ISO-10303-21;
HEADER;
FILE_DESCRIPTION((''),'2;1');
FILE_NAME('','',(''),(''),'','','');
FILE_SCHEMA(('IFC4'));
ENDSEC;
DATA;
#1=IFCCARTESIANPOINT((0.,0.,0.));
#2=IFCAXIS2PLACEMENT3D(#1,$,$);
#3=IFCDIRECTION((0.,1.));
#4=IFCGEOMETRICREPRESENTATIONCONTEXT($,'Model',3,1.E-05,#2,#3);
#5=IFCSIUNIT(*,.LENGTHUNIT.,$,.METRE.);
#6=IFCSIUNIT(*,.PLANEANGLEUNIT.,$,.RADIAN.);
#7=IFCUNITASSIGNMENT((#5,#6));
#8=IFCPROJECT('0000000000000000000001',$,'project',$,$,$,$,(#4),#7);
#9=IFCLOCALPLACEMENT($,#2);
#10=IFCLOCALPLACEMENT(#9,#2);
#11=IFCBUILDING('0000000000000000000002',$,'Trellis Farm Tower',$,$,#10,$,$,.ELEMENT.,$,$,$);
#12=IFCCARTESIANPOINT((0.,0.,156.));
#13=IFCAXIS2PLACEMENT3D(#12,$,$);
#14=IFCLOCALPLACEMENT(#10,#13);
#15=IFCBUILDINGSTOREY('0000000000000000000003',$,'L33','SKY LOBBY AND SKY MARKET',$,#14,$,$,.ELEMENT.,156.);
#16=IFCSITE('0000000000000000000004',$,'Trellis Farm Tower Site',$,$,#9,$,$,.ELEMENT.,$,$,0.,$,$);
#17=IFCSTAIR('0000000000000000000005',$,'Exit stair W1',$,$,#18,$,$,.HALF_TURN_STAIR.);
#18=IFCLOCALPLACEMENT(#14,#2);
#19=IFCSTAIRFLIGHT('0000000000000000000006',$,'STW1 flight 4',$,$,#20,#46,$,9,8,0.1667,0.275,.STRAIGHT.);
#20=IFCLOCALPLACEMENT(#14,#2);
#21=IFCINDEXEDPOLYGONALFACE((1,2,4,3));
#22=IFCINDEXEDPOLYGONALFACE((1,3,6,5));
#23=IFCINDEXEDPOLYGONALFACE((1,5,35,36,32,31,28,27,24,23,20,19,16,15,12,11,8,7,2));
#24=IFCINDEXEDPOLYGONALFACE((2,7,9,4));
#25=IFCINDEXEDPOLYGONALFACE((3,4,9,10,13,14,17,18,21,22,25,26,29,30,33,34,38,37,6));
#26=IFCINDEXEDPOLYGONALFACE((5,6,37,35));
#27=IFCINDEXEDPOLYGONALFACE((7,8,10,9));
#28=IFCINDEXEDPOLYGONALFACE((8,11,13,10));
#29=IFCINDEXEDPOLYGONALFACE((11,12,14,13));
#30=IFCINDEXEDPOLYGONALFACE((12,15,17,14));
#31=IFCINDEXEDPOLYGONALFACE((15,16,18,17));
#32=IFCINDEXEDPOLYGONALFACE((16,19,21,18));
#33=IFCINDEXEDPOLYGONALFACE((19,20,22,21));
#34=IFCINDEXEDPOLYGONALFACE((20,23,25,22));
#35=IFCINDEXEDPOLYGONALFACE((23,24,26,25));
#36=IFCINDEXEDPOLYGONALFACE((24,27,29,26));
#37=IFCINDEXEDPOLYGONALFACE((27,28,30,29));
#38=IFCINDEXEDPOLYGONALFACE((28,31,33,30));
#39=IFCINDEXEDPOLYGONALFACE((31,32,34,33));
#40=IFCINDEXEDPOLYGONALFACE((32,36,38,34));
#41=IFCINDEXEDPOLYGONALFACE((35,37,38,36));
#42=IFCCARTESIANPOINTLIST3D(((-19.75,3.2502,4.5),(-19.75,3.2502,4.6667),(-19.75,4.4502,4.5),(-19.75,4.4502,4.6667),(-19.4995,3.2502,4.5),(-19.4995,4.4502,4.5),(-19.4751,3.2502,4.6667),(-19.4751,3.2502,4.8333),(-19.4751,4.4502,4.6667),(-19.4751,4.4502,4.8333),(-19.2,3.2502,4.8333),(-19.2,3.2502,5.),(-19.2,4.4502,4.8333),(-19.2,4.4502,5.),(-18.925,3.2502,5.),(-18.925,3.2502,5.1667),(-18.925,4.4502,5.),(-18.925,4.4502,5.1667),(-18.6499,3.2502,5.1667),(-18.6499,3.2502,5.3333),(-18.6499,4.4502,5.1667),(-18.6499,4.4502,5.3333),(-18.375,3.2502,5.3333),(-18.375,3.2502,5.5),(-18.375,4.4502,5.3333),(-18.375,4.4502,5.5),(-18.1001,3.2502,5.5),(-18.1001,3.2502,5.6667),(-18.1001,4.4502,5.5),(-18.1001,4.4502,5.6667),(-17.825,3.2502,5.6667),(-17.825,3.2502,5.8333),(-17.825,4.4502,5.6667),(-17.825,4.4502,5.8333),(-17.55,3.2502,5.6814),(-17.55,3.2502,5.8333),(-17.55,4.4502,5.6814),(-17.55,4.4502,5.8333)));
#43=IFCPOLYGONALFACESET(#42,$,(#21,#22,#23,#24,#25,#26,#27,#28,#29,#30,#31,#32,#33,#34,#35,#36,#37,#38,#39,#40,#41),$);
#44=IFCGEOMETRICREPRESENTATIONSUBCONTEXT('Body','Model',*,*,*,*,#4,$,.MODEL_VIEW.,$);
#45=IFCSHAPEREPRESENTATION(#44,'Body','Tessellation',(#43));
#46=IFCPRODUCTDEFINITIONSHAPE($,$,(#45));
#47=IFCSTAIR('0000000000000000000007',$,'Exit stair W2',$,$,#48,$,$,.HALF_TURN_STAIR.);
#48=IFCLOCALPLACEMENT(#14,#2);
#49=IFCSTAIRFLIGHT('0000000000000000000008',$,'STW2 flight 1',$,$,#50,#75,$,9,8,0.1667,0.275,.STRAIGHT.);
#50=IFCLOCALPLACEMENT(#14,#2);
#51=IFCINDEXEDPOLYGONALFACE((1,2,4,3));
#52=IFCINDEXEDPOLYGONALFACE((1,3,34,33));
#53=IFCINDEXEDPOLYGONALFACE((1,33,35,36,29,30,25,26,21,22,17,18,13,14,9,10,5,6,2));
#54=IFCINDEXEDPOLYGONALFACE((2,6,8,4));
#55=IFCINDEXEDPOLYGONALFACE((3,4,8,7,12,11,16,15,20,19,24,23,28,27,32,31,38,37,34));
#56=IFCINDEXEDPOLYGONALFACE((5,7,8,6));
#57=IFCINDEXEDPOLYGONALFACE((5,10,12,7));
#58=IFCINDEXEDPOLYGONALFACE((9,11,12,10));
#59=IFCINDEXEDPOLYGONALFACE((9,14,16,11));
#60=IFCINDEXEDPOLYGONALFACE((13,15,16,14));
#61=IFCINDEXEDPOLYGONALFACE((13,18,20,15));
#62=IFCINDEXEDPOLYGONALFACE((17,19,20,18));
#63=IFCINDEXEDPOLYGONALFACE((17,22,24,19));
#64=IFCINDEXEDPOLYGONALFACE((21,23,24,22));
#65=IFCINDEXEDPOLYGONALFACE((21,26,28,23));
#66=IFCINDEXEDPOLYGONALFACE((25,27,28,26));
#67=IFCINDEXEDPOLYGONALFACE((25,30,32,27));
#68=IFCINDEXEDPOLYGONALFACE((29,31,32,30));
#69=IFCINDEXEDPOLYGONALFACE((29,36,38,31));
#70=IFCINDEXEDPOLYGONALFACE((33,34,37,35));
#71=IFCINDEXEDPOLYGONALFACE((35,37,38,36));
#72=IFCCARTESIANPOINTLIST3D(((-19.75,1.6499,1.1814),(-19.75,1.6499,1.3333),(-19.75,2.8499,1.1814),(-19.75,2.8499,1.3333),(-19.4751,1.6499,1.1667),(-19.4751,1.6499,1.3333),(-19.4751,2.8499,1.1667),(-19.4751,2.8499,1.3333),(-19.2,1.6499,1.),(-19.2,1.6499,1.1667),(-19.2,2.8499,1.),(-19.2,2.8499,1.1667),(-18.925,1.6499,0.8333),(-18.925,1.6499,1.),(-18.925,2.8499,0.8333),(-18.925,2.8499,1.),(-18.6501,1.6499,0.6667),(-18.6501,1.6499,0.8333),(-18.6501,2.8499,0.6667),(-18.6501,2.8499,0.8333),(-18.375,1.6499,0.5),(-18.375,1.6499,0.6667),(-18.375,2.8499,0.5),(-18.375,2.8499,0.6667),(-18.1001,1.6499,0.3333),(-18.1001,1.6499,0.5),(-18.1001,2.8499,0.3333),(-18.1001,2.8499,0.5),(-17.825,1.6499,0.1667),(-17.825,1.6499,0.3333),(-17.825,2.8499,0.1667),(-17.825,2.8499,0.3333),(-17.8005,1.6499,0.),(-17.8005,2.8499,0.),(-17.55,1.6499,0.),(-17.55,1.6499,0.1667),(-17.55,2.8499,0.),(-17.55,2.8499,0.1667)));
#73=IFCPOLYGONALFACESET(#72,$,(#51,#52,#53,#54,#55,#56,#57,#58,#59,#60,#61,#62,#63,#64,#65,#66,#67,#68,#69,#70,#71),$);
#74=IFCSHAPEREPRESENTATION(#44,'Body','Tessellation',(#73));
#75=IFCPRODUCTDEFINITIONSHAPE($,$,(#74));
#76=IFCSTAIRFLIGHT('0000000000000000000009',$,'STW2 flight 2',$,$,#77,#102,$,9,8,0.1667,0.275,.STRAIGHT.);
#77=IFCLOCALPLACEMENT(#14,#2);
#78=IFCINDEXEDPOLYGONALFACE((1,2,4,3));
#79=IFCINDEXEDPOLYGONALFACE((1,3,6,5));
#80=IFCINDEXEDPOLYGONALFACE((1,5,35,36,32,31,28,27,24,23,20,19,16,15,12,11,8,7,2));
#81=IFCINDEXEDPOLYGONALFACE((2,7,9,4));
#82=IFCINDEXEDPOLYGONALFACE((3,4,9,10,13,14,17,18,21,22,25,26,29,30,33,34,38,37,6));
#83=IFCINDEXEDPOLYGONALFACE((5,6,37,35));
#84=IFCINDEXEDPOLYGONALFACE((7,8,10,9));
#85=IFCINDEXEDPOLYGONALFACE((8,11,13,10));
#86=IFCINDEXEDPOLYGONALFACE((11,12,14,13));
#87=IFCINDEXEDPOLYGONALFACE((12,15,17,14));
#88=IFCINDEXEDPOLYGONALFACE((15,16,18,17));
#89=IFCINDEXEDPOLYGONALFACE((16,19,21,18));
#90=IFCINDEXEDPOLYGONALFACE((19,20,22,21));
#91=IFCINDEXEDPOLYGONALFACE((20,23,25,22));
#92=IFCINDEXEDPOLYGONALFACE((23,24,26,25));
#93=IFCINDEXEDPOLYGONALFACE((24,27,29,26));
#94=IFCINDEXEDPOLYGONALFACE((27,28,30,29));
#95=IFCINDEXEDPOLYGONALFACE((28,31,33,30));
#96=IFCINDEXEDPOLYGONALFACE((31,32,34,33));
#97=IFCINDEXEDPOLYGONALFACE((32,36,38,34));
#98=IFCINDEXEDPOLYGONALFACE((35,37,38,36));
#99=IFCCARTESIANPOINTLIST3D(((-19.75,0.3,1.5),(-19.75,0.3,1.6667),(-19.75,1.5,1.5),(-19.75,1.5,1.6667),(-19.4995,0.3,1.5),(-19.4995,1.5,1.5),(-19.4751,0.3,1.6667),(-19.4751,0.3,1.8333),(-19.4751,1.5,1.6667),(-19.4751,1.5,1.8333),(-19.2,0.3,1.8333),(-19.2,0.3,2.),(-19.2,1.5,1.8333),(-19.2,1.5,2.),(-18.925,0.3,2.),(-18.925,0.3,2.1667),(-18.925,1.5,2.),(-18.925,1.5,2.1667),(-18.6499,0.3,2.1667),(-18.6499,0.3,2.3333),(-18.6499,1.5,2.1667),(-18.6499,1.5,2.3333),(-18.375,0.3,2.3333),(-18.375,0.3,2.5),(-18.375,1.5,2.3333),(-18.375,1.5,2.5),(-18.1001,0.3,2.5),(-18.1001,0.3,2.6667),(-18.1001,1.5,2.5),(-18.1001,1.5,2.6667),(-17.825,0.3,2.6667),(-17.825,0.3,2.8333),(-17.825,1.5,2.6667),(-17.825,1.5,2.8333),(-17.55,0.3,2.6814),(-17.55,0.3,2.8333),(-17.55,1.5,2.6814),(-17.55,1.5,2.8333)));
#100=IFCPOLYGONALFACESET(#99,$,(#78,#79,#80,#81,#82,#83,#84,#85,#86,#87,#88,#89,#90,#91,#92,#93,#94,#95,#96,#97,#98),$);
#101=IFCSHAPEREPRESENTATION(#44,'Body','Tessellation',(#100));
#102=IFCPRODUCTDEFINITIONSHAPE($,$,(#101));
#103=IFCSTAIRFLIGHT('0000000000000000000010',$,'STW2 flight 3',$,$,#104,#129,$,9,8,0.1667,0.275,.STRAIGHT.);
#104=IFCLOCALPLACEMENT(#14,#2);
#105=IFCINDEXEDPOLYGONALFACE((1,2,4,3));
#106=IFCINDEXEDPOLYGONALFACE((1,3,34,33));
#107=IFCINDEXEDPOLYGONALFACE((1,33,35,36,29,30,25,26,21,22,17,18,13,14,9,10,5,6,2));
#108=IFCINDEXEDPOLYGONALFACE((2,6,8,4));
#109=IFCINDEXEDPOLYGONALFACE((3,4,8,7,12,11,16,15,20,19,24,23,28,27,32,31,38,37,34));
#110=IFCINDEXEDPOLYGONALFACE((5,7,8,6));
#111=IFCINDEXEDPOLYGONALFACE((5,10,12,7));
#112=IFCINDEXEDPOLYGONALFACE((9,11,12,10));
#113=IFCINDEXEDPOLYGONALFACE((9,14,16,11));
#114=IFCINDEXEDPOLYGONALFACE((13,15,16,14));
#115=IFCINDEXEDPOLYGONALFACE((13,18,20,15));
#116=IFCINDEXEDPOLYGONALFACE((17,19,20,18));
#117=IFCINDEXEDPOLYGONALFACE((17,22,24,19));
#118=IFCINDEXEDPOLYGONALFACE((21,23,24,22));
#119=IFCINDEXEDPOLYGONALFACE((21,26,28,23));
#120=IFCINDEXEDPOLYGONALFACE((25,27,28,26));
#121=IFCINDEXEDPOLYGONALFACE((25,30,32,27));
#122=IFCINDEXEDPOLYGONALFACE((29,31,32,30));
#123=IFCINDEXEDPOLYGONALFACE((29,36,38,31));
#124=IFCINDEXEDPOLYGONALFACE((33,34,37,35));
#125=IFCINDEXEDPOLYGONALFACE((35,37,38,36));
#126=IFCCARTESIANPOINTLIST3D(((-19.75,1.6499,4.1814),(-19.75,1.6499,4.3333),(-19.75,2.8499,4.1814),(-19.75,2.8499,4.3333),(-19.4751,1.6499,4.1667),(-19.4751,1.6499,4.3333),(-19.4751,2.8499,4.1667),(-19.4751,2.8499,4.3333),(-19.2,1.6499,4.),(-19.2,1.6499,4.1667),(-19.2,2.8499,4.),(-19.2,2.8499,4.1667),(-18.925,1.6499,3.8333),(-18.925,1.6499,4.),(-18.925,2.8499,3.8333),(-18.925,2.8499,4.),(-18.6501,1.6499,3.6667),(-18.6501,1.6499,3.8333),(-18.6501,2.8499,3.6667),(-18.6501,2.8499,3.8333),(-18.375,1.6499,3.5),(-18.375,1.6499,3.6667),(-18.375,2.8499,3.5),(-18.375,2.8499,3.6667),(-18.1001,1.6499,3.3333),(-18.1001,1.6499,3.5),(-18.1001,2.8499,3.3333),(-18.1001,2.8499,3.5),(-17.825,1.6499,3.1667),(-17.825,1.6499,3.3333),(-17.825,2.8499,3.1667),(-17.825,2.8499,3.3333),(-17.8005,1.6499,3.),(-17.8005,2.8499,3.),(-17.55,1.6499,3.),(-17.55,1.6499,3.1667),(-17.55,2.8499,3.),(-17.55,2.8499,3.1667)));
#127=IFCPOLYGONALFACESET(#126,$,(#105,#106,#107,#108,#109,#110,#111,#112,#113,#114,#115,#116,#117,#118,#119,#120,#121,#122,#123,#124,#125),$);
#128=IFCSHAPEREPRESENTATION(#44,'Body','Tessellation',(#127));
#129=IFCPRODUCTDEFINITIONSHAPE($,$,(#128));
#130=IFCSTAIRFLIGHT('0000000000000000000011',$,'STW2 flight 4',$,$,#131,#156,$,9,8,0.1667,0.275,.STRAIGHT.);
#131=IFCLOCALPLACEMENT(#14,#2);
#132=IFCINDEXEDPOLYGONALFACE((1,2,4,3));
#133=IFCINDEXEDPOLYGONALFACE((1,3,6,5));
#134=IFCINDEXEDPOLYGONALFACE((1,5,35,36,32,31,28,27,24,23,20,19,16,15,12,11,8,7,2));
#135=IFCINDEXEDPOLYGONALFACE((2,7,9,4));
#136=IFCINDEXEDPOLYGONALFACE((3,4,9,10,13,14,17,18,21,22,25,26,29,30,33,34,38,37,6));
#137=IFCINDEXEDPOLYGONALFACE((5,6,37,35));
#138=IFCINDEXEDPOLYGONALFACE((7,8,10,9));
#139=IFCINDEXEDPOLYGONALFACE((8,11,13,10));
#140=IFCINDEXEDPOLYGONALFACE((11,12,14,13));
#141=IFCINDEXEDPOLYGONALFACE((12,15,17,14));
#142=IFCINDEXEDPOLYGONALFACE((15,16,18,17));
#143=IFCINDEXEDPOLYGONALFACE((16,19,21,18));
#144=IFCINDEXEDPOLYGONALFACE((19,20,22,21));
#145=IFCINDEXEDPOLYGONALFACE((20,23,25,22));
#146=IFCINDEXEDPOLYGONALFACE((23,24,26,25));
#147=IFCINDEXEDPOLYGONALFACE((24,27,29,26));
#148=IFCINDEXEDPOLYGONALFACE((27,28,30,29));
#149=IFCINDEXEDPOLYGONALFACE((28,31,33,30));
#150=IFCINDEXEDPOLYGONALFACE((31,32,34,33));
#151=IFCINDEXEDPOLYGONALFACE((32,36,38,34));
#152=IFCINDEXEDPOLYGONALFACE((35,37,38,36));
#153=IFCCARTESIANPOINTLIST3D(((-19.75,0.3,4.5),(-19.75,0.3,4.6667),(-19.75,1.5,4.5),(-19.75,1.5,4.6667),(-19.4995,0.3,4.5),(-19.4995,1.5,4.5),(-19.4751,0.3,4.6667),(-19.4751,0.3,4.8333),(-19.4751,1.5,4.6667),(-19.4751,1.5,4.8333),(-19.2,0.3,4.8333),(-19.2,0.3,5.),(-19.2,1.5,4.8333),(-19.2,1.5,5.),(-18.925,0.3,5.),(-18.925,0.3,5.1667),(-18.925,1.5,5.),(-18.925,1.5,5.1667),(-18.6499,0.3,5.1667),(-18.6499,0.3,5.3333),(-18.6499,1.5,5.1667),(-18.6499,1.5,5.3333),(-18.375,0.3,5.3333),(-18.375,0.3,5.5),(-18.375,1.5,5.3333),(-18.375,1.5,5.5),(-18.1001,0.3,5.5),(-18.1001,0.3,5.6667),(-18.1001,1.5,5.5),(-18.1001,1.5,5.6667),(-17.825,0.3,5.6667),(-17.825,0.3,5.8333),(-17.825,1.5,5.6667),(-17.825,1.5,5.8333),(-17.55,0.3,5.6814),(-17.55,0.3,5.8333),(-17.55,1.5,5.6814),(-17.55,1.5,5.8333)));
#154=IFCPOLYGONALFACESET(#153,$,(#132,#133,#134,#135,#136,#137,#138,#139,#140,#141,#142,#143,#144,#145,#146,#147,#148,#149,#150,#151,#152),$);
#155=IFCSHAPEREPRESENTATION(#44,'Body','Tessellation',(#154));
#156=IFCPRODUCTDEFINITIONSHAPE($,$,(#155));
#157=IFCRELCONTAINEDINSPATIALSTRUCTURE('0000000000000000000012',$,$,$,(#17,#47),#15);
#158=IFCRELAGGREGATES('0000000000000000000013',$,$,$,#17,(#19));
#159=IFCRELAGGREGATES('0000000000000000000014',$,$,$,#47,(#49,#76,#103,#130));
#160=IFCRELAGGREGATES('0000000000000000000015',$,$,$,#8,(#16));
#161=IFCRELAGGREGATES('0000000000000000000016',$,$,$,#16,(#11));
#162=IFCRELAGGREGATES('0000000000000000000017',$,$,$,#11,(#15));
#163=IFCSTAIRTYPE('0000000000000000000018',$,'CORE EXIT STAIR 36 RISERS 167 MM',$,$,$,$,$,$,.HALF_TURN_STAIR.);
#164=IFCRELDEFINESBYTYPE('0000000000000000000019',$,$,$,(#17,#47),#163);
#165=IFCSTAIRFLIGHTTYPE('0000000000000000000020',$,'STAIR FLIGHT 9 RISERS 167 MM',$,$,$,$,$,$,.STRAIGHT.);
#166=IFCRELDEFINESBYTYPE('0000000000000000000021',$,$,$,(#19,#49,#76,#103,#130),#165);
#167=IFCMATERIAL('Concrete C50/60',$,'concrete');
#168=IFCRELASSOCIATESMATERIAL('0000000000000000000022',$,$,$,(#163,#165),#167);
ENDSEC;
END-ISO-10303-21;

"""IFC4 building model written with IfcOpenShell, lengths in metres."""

from ifc_helpers import new_model, si_unit, direction, frame, origin, place, context, subcontext, project, spatial, polyline, outline, extrude, source, transform, mapped, material, type_object, element, aggregate, save


model = new_model("IFC4")

# Units and contexts
model_context = context("Model", 3, precision=1e-05, world=origin(), true_north=direction((0.0, 1.0)))
body_context = subcontext(model_context, "Body", "Model", "MODEL_VIEW")
ifc_project = project(units=[si_unit("LENGTHUNIT", "METRE"), si_unit("PLANEANGLEUNIT", "RADIAN")], contexts=[model_context])

# Site, building, storey
site_placement = place(None, origin())
site = spatial("IfcSite", under=ifc_project, at=site_placement, Name="Trellis Farm Tower Site", CompositionType="ELEMENT", RefElevation=0.0)
building_placement = place(site_placement, origin())
building = spatial("IfcBuilding", under=site, at=building_placement, Name="Trellis Farm Tower", CompositionType="ELEMENT")
storey_placement = place(building_placement, frame((0.0, 0.0, 156.0)))
storey = spatial("IfcBuildingStorey", under=building, at=storey_placement, Name="L33", Description="SKY LOBBY AND SKY MARKET", CompositionType="ELEMENT", Elevation=156.0)

# Shared definitions
placement = place(storey_placement, origin())

# Stairs, stair flights
ifc_material_1 = material(Name="Concrete C50/60", Category="concrete")
stair_type = type_object("IfcStairType", Name="CORE EXIT STAIR 36 RISERS 167 MM", PredefinedType="HALF_TURN_STAIR", material=ifc_material_1)
stair_1 = element("IfcStair", 1, at=placement, inside=storey, type_object=stair_type, Name="Exit stair W1", PredefinedType="HALF_TURN_STAIR")
stair_flight_type = type_object("IfcStairFlightType", Name="STAIR FLIGHT 9 RISERS 167 MM", PredefinedType="STRAIGHT", material=ifc_material_1)
shared_shape_1 = source(origin(), body_context, "Body", "SweptSolid", [
    extrude(outline(polyline([(0.0, 0.0), (0.0, 0.1667), (0.2749, 0.1667), (0.2749, 0.3333), (0.55, 0.3333), (0.55, 0.5), (0.825, 0.5), (0.825, 0.6667), (1.1001, 0.6667), (1.1001, 0.8333), (1.375, 0.8333), (1.375, 1.0), (1.6499, 1.0), (1.6499, 1.1667), (1.925, 1.1667), (1.925, 1.3333), (2.2, 1.3333), (2.2, 1.5), (2.2, 1.1814), (0.2505, 0.0), (0.0, 0.0)])), frame((0.0, 0.6001, 0.0), z_axis=(0.0, -1.0, 0.0), x_axis=(1.0, 0.0, 0.0)), (0.0, 0.0, 1.0), 1.2),
])
stair_flight_1_placement = place(storey_placement, frame((-19.75, 3.8501, 4.5), z_axis=(0.0, 0.0, 1.0), x_axis=(1.0, 0.0, 0.0)))
stair_flight_1 = element("IfcStairFlight", 2, at=stair_flight_1_placement, type_object=stair_flight_type, Name="STW1 flight 4", NumberOfRisers=9, NumberOfTreads=8, PredefinedType="STRAIGHT", RiserHeight=0.1667, TreadLength=0.275, context=body_context, shape_type="MappedRepresentation", body=[
    mapped(shared_shape_1, transform((0.0, 0.0, 0.0))),
])
aggregate(stair_1, [stair_flight_1])
stair_2 = element("IfcStair", 3, at=placement, inside=storey, type_object=stair_type, Name="Exit stair W2", PredefinedType="HALF_TURN_STAIR")
stair_flight_2_placement = place(storey_placement, frame((-17.55, 2.25, 0.0), z_axis=(0.0, 0.0, 1.0), x_axis=(-1.0, 0.0, 0.0)))
stair_flight_2 = element("IfcStairFlight", 4, at=stair_flight_2_placement, type_object=stair_flight_type, Name="STW2 flight 1", NumberOfRisers=9, NumberOfTreads=8, PredefinedType="STRAIGHT", RiserHeight=0.1667, TreadLength=0.275, context=body_context, shape_type="MappedRepresentation", body=[
    mapped(shared_shape_1, transform((0.0, 0.0, 0.0))),
])
stair_flight_3_placement = place(storey_placement, frame((-19.75, 0.8999, 1.5), z_axis=(0.0, 0.0, 1.0), x_axis=(1.0, 0.0, 0.0)))
stair_flight_3 = element("IfcStairFlight", 5, at=stair_flight_3_placement, type_object=stair_flight_type, Name="STW2 flight 2", NumberOfRisers=9, NumberOfTreads=8, PredefinedType="STRAIGHT", RiserHeight=0.1667, TreadLength=0.275, context=body_context, shape_type="MappedRepresentation", body=[
    mapped(shared_shape_1, transform((0.0, 0.0, 0.0))),
])
stair_flight_4_placement = place(storey_placement, frame((-17.55, 2.25, 3.0), z_axis=(0.0, 0.0, 1.0), x_axis=(-1.0, 0.0, 0.0)))
stair_flight_4 = element("IfcStairFlight", 6, at=stair_flight_4_placement, type_object=stair_flight_type, Name="STW2 flight 3", NumberOfRisers=9, NumberOfTreads=8, PredefinedType="STRAIGHT", RiserHeight=0.1667, TreadLength=0.275, context=body_context, shape_type="MappedRepresentation", body=[
    mapped(shared_shape_1, transform((0.0, 0.0, 0.0))),
])
stair_flight_5_placement = place(storey_placement, frame((-19.75, 0.8999, 4.5), z_axis=(0.0, 0.0, 1.0), x_axis=(1.0, 0.0, 0.0)))
stair_flight_5 = element("IfcStairFlight", 7, at=stair_flight_5_placement, type_object=stair_flight_type, Name="STW2 flight 4", NumberOfRisers=9, NumberOfTreads=8, PredefinedType="STRAIGHT", RiserHeight=0.1667, TreadLength=0.275, context=body_context, shape_type="MappedRepresentation", body=[
    mapped(shared_shape_1, transform((0.0, 0.0, 0.0))),
])
aggregate(stair_2, [stair_flight_2, stair_flight_3, stair_flight_4, stair_flight_5])

save(model, "model.ifc")
